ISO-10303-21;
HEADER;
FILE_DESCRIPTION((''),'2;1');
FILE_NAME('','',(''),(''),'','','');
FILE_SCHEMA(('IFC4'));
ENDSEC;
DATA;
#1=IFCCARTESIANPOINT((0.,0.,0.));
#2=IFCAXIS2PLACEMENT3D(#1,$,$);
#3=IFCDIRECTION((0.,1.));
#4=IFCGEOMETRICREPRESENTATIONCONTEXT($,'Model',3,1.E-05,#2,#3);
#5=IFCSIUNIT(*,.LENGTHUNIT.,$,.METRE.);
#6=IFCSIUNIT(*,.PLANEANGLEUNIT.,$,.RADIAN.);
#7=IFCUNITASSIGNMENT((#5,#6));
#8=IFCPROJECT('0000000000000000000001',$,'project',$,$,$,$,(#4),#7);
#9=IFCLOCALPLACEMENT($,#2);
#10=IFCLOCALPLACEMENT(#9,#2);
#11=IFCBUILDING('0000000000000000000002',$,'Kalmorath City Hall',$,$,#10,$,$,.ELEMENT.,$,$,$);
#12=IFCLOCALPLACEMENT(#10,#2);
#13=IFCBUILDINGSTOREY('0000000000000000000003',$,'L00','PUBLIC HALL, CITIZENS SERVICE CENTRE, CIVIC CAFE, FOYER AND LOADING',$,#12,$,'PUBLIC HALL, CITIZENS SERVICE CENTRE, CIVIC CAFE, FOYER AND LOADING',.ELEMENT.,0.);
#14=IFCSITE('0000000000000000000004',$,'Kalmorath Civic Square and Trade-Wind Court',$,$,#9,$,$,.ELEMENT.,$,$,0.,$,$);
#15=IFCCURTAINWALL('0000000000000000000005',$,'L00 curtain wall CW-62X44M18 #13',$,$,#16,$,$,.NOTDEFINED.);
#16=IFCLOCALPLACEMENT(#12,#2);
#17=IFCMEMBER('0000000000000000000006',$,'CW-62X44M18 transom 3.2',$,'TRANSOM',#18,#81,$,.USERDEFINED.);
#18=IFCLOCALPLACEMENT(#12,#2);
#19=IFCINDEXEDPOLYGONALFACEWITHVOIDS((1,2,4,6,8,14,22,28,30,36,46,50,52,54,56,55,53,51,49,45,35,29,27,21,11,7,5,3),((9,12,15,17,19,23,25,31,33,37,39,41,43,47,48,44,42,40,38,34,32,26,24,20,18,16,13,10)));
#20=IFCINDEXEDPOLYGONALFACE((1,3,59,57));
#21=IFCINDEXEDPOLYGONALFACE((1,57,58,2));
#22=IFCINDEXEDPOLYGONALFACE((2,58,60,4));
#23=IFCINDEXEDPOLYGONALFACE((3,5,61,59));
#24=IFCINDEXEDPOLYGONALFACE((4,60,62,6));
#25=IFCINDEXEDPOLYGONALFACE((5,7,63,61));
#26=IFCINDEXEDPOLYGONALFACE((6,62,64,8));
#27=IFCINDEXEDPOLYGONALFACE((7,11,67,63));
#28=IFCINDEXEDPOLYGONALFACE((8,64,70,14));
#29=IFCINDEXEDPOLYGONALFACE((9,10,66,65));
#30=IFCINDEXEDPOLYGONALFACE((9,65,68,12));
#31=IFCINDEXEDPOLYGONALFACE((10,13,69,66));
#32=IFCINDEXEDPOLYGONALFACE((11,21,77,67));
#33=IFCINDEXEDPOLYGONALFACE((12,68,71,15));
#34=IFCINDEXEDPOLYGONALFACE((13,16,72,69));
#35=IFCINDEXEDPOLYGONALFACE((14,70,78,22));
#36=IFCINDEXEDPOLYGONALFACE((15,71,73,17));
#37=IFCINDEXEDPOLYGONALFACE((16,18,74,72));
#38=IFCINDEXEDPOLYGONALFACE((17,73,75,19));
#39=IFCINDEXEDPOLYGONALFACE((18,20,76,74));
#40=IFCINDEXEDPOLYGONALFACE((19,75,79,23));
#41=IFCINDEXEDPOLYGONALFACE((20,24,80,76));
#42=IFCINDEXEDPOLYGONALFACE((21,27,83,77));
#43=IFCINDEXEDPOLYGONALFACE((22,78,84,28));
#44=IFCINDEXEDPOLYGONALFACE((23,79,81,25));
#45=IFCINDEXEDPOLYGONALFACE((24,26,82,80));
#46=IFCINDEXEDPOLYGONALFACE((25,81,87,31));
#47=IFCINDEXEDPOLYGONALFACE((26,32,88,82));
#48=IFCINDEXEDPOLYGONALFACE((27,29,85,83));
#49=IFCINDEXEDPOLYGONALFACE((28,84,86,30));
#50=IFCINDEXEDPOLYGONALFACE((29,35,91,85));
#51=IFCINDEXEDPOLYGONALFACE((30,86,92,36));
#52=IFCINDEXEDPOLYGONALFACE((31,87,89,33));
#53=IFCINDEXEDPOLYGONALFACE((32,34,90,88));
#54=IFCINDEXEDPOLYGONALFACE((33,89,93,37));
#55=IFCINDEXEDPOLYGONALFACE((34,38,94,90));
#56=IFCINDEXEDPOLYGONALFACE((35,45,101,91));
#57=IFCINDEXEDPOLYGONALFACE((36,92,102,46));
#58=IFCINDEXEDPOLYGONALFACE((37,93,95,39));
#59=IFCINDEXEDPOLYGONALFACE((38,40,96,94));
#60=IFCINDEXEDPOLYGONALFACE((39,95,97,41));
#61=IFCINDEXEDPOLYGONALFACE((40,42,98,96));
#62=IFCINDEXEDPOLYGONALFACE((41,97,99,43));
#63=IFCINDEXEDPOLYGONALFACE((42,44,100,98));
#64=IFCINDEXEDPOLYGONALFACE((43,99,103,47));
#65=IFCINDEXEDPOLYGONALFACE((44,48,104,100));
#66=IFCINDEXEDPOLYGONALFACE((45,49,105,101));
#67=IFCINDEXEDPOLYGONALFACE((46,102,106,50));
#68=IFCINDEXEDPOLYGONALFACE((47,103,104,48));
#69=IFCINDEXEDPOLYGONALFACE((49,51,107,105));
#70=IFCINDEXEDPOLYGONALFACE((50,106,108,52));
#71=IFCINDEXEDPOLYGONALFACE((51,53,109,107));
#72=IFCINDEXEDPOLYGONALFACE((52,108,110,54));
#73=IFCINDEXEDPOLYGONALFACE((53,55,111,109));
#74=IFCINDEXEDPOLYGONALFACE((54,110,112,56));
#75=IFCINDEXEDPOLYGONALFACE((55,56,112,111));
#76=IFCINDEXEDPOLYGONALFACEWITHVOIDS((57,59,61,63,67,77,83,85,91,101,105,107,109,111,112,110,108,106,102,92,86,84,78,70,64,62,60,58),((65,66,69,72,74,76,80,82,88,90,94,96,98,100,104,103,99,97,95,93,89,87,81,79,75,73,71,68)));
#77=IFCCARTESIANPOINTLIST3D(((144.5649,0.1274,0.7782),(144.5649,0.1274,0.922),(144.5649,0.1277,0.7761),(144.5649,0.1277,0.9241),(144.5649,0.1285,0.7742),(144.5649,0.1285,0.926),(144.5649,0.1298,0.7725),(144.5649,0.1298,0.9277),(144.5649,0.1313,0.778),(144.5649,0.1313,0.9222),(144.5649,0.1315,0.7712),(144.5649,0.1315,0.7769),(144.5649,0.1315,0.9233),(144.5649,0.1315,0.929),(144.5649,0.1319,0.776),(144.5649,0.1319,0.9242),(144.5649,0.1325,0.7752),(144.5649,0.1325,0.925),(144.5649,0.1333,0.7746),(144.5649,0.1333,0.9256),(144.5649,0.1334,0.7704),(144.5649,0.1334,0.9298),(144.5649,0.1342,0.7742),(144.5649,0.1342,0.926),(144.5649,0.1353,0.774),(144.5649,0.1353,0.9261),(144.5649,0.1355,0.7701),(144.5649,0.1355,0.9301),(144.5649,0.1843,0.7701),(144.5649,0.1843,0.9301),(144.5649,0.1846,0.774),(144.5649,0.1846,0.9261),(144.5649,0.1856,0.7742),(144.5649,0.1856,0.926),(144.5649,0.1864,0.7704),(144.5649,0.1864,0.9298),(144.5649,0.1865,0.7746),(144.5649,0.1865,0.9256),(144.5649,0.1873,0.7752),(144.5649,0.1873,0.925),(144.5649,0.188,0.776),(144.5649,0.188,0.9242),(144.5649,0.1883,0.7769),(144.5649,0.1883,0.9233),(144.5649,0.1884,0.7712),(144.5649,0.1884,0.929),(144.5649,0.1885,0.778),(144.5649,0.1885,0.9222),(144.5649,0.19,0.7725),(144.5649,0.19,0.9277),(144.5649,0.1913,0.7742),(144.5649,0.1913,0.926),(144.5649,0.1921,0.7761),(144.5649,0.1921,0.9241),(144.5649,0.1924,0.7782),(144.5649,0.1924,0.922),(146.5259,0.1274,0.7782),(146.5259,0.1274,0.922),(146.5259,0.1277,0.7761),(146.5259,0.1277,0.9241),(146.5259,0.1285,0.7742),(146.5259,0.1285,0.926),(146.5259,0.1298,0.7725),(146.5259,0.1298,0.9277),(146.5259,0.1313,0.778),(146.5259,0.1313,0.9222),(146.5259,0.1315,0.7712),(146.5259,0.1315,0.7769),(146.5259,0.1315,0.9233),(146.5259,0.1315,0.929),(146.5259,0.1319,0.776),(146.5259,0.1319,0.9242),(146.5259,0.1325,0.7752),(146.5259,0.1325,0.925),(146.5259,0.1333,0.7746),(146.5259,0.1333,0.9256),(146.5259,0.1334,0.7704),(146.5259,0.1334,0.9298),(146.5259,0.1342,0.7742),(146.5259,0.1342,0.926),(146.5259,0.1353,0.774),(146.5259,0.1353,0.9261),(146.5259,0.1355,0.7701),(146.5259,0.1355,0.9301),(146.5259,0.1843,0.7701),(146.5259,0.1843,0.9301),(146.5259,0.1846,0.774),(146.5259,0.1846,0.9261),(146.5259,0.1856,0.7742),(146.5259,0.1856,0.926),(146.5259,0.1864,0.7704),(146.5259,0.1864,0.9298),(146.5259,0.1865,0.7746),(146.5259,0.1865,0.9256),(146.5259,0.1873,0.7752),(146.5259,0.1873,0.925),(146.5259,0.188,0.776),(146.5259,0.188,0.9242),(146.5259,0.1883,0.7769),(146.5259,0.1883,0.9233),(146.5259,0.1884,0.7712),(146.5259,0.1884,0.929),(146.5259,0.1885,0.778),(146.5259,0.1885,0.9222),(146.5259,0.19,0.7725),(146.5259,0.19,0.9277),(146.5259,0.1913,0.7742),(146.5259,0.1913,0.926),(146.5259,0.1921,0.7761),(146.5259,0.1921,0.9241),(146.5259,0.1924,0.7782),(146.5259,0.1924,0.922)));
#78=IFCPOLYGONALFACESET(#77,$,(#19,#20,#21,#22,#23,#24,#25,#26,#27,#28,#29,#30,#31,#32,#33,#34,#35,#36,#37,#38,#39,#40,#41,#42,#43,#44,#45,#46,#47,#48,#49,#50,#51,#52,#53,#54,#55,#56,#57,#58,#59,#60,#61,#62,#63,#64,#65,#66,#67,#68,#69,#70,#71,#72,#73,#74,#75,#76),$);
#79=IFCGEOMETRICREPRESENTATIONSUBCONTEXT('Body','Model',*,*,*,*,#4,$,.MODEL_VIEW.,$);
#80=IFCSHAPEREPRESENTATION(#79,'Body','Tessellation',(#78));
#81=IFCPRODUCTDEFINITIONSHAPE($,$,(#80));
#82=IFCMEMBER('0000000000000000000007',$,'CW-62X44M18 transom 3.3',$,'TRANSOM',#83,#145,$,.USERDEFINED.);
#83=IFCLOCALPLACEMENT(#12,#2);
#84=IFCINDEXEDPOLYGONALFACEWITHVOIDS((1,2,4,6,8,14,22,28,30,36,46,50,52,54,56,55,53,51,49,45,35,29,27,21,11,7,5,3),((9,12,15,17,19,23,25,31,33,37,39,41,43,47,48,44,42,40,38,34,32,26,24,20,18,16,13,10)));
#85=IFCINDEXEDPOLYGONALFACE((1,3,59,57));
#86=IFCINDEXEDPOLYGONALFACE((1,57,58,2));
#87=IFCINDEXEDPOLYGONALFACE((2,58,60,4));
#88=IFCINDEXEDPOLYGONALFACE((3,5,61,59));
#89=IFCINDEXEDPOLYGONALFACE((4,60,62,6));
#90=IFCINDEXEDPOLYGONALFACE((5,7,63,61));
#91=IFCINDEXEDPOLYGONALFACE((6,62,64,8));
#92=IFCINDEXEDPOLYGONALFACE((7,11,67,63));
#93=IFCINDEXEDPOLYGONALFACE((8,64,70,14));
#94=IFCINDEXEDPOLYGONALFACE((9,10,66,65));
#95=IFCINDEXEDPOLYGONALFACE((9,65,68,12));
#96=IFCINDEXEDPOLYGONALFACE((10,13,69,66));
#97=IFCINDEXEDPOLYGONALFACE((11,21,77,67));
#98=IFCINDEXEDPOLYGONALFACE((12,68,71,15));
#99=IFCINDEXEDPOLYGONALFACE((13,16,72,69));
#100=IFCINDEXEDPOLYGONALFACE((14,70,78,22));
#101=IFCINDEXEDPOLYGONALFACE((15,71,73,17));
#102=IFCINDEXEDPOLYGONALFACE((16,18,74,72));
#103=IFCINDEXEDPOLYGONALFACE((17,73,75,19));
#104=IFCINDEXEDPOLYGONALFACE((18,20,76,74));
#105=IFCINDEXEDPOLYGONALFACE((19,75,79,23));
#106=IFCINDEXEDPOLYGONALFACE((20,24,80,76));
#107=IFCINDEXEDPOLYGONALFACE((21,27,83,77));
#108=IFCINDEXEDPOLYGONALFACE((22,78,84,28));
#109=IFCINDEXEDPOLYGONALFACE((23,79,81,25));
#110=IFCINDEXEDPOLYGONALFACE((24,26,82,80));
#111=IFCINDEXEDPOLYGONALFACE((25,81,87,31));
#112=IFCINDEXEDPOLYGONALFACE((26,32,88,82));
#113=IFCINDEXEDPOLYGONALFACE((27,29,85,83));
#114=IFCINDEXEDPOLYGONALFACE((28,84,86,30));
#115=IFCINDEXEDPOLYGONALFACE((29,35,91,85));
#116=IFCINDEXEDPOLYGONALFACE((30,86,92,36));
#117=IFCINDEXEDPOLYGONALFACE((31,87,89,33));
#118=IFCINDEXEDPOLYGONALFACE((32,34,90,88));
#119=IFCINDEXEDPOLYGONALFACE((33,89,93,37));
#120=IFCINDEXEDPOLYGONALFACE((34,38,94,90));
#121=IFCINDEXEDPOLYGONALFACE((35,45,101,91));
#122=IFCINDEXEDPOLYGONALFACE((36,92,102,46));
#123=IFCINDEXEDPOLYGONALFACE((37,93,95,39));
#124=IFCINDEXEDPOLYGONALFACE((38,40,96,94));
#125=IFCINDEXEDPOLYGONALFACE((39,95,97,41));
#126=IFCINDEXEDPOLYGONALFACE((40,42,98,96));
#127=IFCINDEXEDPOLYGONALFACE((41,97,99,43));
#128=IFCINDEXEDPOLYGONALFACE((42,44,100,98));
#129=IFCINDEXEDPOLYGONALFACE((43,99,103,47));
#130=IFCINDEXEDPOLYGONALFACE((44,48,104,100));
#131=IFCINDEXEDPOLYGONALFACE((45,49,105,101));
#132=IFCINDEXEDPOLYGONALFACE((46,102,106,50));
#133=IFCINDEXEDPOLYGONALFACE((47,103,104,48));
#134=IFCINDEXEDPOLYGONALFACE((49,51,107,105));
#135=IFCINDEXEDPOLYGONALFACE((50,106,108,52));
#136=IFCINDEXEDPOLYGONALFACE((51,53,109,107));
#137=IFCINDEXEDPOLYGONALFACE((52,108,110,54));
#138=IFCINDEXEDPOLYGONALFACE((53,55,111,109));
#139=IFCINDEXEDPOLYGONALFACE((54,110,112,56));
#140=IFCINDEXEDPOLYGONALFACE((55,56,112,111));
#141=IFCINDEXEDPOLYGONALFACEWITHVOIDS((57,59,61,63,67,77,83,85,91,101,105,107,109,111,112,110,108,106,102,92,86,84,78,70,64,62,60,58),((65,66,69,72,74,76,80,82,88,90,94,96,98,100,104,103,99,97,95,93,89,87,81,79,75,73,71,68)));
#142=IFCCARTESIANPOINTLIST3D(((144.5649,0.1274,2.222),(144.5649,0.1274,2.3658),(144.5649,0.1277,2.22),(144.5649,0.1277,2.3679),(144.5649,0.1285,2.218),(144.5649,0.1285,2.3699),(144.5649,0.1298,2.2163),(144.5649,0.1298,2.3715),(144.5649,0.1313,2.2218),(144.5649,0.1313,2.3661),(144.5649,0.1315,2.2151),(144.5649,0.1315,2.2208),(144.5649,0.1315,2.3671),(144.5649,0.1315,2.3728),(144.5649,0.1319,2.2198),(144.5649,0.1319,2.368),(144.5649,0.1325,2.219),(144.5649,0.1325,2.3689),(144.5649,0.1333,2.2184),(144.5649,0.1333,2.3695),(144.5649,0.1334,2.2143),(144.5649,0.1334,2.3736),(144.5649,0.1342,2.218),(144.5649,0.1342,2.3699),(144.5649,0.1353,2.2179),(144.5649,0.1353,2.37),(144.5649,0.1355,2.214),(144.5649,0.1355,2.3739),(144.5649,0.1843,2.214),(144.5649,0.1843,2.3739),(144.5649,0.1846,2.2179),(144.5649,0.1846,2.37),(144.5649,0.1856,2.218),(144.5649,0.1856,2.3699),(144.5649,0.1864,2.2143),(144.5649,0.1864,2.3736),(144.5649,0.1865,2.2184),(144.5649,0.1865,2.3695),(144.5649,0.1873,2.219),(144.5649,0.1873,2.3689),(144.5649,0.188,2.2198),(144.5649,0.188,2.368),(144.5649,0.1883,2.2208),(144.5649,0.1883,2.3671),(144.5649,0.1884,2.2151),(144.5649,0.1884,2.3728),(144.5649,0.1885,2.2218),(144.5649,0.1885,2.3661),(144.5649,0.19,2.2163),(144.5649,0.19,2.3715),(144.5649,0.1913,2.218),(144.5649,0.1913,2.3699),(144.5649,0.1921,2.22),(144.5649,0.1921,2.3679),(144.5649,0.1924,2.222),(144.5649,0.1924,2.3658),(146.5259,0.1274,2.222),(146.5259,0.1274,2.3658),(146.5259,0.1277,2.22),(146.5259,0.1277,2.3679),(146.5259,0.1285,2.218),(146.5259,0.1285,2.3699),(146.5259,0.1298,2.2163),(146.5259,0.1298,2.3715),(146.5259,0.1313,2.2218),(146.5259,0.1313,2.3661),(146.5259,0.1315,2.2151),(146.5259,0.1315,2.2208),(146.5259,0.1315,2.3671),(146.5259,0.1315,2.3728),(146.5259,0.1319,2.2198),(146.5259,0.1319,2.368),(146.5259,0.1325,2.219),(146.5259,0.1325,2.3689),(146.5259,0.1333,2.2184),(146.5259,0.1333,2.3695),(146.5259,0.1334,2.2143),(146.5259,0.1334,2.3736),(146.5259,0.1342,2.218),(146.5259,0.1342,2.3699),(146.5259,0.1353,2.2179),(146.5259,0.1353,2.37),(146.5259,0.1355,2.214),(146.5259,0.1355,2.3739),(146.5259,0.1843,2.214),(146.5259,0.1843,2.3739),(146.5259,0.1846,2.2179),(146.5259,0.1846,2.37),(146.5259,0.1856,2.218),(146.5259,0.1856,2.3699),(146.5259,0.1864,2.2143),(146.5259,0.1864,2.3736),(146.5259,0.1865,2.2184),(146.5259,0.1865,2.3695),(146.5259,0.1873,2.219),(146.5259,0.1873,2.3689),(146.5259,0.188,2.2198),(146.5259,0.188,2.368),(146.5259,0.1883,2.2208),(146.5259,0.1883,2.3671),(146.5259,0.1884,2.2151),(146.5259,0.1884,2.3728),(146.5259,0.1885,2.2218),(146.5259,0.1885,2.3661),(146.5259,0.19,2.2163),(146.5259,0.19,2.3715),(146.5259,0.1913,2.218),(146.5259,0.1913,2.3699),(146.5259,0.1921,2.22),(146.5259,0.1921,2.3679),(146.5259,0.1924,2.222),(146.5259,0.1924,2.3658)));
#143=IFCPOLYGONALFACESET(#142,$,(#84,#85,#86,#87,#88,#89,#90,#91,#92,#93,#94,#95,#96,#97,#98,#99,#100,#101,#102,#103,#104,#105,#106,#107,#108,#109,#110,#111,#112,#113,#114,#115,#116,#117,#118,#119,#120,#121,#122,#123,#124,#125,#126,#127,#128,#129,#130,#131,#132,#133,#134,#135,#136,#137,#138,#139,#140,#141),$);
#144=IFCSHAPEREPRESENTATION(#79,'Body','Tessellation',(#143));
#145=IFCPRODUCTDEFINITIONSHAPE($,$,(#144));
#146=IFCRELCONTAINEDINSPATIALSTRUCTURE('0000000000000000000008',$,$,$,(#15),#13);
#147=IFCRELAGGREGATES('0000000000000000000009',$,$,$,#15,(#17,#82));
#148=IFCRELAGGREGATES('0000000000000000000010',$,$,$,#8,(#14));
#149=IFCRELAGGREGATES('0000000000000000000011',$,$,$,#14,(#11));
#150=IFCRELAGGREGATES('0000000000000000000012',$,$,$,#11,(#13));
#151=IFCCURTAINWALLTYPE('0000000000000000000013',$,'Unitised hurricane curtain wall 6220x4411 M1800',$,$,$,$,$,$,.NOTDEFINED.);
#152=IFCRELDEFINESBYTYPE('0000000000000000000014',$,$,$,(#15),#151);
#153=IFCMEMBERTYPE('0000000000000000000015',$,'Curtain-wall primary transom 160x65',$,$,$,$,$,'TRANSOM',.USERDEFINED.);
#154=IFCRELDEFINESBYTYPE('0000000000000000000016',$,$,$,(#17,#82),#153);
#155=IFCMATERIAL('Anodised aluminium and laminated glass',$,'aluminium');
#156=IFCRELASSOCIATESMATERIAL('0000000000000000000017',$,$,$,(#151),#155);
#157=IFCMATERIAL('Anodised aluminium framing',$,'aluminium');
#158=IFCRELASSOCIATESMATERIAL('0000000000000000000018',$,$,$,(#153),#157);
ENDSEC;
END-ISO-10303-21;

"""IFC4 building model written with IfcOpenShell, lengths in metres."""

from ifc_helpers import new_model, si_unit, direction, frame, origin, origin_2d, place, context, subcontext, project, spatial, hollow_rectangle, extrude, material, material_profile, profile_set, type_object, element, aggregate, save


model = new_model("IFC4")

# Units and contexts
model_context = context("Model", 3, precision=1e-05, world=origin(), true_north=direction((0.0, 1.0)))
body_context = subcontext(model_context, "Body", "Model", "MODEL_VIEW")
ifc_project = project(units=[si_unit("LENGTHUNIT", "METRE"), si_unit("PLANEANGLEUNIT", "RADIAN")], contexts=[model_context])

# Site, building, storey
site_placement = place(None, origin())
site = spatial("IfcSite", under=ifc_project, at=site_placement, Name="Kalmorath Civic Square and Trade-Wind Court", CompositionType="ELEMENT", RefElevation=0.0)
building_placement = place(site_placement, origin())
building = spatial("IfcBuilding", under=site, at=building_placement, Name="Kalmorath City Hall", CompositionType="ELEMENT")
storey_placement = place(building_placement, origin())
storey = spatial("IfcBuildingStorey", under=building, at=storey_placement, Name="L00", Description="PUBLIC HALL, CITIZENS SERVICE CENTRE, CIVIC CAFE, FOYER AND LOADING", LongName="PUBLIC HALL, CITIZENS SERVICE CENTRE, CIVIC CAFE, FOYER AND LOADING", CompositionType="ELEMENT", Elevation=0.0)

# Curtain wall
ifc_material_1 = material(Name="Anodised aluminium and laminated glass", Category="aluminium")
curtain_wall_type = type_object("IfcCurtainWallType", Name="Unitised hurricane curtain wall 6220x4411 M1800", PredefinedType="NOTDEFINED", material=ifc_material_1)
curtain_wall_1_placement = place(storey_placement, origin())
curtain_wall_1 = element("IfcCurtainWall", 1, at=curtain_wall_1_placement, inside=storey, type_object=curtain_wall_type, Name="L00 curtain wall CW-62X44M18 #13", PredefinedType="NOTDEFINED")

# Members
ifc_material_2 = material(Name="Anodised aluminium framing", Category="aluminium")
ifc_material_profile_1 = material_profile(ifc_material_2, hollow_rectangle(XDim=0.0649, YDim=0.1599, WallThickness=0.0039, InnerFilletRadius=0.0039, OuterFilletRadius=0.0081, at=origin_2d()), Name="ALU-TRN-160X65X4")
ifc_profile_set_1 = profile_set([ifc_material_profile_1], Name="Anodised aluminium framing")
member_type_1 = type_object("IfcMemberType", Name="Curtain-wall primary transom 160x65", ElementType="TRANSOM", PredefinedType="USERDEFINED", material=ifc_profile_set_1)
member_1_placement = place(storey_placement, frame((146.5259, 0.1599, 0.8501), z_axis=(-1.0, 0.0, 0.0), x_axis=(0.0, -1.0, 0.0)))
member_1 = element("IfcMember", 2, at=member_1_placement, type_object=member_type_1, Name="CW-62X44M18 transom 3.2", ObjectType="TRANSOM", PredefinedType="USERDEFINED", context=body_context, shape_type="SweptSolid", body=[
    extrude(hollow_rectangle(XDim=0.0649, YDim=0.1599, WallThickness=0.0039, InnerFilletRadius=0.0039, OuterFilletRadius=0.0081, at=origin_2d()), origin(), (0.0, 0.0, 1.0), 1.9609),
])
member_2_placement = place(storey_placement, frame((146.5259, 0.1599, 2.2939), z_axis=(-1.0, 0.0, 0.0), x_axis=(0.0, -1.0, 0.0)))
member_2 = element("IfcMember", 3, at=member_2_placement, type_object=member_type_1, Name="CW-62X44M18 transom 3.3", ObjectType="TRANSOM", PredefinedType="USERDEFINED", context=body_context, shape_type="SweptSolid", body=[
    extrude(hollow_rectangle(XDim=0.0649, YDim=0.1599, WallThickness=0.0039, InnerFilletRadius=0.0039, OuterFilletRadius=0.0081, at=origin_2d()), origin(), (0.0, 0.0, 1.0), 1.9609),
])

aggregate(curtain_wall_1, [member_1, member_2])

save(model, "model.ifc")
